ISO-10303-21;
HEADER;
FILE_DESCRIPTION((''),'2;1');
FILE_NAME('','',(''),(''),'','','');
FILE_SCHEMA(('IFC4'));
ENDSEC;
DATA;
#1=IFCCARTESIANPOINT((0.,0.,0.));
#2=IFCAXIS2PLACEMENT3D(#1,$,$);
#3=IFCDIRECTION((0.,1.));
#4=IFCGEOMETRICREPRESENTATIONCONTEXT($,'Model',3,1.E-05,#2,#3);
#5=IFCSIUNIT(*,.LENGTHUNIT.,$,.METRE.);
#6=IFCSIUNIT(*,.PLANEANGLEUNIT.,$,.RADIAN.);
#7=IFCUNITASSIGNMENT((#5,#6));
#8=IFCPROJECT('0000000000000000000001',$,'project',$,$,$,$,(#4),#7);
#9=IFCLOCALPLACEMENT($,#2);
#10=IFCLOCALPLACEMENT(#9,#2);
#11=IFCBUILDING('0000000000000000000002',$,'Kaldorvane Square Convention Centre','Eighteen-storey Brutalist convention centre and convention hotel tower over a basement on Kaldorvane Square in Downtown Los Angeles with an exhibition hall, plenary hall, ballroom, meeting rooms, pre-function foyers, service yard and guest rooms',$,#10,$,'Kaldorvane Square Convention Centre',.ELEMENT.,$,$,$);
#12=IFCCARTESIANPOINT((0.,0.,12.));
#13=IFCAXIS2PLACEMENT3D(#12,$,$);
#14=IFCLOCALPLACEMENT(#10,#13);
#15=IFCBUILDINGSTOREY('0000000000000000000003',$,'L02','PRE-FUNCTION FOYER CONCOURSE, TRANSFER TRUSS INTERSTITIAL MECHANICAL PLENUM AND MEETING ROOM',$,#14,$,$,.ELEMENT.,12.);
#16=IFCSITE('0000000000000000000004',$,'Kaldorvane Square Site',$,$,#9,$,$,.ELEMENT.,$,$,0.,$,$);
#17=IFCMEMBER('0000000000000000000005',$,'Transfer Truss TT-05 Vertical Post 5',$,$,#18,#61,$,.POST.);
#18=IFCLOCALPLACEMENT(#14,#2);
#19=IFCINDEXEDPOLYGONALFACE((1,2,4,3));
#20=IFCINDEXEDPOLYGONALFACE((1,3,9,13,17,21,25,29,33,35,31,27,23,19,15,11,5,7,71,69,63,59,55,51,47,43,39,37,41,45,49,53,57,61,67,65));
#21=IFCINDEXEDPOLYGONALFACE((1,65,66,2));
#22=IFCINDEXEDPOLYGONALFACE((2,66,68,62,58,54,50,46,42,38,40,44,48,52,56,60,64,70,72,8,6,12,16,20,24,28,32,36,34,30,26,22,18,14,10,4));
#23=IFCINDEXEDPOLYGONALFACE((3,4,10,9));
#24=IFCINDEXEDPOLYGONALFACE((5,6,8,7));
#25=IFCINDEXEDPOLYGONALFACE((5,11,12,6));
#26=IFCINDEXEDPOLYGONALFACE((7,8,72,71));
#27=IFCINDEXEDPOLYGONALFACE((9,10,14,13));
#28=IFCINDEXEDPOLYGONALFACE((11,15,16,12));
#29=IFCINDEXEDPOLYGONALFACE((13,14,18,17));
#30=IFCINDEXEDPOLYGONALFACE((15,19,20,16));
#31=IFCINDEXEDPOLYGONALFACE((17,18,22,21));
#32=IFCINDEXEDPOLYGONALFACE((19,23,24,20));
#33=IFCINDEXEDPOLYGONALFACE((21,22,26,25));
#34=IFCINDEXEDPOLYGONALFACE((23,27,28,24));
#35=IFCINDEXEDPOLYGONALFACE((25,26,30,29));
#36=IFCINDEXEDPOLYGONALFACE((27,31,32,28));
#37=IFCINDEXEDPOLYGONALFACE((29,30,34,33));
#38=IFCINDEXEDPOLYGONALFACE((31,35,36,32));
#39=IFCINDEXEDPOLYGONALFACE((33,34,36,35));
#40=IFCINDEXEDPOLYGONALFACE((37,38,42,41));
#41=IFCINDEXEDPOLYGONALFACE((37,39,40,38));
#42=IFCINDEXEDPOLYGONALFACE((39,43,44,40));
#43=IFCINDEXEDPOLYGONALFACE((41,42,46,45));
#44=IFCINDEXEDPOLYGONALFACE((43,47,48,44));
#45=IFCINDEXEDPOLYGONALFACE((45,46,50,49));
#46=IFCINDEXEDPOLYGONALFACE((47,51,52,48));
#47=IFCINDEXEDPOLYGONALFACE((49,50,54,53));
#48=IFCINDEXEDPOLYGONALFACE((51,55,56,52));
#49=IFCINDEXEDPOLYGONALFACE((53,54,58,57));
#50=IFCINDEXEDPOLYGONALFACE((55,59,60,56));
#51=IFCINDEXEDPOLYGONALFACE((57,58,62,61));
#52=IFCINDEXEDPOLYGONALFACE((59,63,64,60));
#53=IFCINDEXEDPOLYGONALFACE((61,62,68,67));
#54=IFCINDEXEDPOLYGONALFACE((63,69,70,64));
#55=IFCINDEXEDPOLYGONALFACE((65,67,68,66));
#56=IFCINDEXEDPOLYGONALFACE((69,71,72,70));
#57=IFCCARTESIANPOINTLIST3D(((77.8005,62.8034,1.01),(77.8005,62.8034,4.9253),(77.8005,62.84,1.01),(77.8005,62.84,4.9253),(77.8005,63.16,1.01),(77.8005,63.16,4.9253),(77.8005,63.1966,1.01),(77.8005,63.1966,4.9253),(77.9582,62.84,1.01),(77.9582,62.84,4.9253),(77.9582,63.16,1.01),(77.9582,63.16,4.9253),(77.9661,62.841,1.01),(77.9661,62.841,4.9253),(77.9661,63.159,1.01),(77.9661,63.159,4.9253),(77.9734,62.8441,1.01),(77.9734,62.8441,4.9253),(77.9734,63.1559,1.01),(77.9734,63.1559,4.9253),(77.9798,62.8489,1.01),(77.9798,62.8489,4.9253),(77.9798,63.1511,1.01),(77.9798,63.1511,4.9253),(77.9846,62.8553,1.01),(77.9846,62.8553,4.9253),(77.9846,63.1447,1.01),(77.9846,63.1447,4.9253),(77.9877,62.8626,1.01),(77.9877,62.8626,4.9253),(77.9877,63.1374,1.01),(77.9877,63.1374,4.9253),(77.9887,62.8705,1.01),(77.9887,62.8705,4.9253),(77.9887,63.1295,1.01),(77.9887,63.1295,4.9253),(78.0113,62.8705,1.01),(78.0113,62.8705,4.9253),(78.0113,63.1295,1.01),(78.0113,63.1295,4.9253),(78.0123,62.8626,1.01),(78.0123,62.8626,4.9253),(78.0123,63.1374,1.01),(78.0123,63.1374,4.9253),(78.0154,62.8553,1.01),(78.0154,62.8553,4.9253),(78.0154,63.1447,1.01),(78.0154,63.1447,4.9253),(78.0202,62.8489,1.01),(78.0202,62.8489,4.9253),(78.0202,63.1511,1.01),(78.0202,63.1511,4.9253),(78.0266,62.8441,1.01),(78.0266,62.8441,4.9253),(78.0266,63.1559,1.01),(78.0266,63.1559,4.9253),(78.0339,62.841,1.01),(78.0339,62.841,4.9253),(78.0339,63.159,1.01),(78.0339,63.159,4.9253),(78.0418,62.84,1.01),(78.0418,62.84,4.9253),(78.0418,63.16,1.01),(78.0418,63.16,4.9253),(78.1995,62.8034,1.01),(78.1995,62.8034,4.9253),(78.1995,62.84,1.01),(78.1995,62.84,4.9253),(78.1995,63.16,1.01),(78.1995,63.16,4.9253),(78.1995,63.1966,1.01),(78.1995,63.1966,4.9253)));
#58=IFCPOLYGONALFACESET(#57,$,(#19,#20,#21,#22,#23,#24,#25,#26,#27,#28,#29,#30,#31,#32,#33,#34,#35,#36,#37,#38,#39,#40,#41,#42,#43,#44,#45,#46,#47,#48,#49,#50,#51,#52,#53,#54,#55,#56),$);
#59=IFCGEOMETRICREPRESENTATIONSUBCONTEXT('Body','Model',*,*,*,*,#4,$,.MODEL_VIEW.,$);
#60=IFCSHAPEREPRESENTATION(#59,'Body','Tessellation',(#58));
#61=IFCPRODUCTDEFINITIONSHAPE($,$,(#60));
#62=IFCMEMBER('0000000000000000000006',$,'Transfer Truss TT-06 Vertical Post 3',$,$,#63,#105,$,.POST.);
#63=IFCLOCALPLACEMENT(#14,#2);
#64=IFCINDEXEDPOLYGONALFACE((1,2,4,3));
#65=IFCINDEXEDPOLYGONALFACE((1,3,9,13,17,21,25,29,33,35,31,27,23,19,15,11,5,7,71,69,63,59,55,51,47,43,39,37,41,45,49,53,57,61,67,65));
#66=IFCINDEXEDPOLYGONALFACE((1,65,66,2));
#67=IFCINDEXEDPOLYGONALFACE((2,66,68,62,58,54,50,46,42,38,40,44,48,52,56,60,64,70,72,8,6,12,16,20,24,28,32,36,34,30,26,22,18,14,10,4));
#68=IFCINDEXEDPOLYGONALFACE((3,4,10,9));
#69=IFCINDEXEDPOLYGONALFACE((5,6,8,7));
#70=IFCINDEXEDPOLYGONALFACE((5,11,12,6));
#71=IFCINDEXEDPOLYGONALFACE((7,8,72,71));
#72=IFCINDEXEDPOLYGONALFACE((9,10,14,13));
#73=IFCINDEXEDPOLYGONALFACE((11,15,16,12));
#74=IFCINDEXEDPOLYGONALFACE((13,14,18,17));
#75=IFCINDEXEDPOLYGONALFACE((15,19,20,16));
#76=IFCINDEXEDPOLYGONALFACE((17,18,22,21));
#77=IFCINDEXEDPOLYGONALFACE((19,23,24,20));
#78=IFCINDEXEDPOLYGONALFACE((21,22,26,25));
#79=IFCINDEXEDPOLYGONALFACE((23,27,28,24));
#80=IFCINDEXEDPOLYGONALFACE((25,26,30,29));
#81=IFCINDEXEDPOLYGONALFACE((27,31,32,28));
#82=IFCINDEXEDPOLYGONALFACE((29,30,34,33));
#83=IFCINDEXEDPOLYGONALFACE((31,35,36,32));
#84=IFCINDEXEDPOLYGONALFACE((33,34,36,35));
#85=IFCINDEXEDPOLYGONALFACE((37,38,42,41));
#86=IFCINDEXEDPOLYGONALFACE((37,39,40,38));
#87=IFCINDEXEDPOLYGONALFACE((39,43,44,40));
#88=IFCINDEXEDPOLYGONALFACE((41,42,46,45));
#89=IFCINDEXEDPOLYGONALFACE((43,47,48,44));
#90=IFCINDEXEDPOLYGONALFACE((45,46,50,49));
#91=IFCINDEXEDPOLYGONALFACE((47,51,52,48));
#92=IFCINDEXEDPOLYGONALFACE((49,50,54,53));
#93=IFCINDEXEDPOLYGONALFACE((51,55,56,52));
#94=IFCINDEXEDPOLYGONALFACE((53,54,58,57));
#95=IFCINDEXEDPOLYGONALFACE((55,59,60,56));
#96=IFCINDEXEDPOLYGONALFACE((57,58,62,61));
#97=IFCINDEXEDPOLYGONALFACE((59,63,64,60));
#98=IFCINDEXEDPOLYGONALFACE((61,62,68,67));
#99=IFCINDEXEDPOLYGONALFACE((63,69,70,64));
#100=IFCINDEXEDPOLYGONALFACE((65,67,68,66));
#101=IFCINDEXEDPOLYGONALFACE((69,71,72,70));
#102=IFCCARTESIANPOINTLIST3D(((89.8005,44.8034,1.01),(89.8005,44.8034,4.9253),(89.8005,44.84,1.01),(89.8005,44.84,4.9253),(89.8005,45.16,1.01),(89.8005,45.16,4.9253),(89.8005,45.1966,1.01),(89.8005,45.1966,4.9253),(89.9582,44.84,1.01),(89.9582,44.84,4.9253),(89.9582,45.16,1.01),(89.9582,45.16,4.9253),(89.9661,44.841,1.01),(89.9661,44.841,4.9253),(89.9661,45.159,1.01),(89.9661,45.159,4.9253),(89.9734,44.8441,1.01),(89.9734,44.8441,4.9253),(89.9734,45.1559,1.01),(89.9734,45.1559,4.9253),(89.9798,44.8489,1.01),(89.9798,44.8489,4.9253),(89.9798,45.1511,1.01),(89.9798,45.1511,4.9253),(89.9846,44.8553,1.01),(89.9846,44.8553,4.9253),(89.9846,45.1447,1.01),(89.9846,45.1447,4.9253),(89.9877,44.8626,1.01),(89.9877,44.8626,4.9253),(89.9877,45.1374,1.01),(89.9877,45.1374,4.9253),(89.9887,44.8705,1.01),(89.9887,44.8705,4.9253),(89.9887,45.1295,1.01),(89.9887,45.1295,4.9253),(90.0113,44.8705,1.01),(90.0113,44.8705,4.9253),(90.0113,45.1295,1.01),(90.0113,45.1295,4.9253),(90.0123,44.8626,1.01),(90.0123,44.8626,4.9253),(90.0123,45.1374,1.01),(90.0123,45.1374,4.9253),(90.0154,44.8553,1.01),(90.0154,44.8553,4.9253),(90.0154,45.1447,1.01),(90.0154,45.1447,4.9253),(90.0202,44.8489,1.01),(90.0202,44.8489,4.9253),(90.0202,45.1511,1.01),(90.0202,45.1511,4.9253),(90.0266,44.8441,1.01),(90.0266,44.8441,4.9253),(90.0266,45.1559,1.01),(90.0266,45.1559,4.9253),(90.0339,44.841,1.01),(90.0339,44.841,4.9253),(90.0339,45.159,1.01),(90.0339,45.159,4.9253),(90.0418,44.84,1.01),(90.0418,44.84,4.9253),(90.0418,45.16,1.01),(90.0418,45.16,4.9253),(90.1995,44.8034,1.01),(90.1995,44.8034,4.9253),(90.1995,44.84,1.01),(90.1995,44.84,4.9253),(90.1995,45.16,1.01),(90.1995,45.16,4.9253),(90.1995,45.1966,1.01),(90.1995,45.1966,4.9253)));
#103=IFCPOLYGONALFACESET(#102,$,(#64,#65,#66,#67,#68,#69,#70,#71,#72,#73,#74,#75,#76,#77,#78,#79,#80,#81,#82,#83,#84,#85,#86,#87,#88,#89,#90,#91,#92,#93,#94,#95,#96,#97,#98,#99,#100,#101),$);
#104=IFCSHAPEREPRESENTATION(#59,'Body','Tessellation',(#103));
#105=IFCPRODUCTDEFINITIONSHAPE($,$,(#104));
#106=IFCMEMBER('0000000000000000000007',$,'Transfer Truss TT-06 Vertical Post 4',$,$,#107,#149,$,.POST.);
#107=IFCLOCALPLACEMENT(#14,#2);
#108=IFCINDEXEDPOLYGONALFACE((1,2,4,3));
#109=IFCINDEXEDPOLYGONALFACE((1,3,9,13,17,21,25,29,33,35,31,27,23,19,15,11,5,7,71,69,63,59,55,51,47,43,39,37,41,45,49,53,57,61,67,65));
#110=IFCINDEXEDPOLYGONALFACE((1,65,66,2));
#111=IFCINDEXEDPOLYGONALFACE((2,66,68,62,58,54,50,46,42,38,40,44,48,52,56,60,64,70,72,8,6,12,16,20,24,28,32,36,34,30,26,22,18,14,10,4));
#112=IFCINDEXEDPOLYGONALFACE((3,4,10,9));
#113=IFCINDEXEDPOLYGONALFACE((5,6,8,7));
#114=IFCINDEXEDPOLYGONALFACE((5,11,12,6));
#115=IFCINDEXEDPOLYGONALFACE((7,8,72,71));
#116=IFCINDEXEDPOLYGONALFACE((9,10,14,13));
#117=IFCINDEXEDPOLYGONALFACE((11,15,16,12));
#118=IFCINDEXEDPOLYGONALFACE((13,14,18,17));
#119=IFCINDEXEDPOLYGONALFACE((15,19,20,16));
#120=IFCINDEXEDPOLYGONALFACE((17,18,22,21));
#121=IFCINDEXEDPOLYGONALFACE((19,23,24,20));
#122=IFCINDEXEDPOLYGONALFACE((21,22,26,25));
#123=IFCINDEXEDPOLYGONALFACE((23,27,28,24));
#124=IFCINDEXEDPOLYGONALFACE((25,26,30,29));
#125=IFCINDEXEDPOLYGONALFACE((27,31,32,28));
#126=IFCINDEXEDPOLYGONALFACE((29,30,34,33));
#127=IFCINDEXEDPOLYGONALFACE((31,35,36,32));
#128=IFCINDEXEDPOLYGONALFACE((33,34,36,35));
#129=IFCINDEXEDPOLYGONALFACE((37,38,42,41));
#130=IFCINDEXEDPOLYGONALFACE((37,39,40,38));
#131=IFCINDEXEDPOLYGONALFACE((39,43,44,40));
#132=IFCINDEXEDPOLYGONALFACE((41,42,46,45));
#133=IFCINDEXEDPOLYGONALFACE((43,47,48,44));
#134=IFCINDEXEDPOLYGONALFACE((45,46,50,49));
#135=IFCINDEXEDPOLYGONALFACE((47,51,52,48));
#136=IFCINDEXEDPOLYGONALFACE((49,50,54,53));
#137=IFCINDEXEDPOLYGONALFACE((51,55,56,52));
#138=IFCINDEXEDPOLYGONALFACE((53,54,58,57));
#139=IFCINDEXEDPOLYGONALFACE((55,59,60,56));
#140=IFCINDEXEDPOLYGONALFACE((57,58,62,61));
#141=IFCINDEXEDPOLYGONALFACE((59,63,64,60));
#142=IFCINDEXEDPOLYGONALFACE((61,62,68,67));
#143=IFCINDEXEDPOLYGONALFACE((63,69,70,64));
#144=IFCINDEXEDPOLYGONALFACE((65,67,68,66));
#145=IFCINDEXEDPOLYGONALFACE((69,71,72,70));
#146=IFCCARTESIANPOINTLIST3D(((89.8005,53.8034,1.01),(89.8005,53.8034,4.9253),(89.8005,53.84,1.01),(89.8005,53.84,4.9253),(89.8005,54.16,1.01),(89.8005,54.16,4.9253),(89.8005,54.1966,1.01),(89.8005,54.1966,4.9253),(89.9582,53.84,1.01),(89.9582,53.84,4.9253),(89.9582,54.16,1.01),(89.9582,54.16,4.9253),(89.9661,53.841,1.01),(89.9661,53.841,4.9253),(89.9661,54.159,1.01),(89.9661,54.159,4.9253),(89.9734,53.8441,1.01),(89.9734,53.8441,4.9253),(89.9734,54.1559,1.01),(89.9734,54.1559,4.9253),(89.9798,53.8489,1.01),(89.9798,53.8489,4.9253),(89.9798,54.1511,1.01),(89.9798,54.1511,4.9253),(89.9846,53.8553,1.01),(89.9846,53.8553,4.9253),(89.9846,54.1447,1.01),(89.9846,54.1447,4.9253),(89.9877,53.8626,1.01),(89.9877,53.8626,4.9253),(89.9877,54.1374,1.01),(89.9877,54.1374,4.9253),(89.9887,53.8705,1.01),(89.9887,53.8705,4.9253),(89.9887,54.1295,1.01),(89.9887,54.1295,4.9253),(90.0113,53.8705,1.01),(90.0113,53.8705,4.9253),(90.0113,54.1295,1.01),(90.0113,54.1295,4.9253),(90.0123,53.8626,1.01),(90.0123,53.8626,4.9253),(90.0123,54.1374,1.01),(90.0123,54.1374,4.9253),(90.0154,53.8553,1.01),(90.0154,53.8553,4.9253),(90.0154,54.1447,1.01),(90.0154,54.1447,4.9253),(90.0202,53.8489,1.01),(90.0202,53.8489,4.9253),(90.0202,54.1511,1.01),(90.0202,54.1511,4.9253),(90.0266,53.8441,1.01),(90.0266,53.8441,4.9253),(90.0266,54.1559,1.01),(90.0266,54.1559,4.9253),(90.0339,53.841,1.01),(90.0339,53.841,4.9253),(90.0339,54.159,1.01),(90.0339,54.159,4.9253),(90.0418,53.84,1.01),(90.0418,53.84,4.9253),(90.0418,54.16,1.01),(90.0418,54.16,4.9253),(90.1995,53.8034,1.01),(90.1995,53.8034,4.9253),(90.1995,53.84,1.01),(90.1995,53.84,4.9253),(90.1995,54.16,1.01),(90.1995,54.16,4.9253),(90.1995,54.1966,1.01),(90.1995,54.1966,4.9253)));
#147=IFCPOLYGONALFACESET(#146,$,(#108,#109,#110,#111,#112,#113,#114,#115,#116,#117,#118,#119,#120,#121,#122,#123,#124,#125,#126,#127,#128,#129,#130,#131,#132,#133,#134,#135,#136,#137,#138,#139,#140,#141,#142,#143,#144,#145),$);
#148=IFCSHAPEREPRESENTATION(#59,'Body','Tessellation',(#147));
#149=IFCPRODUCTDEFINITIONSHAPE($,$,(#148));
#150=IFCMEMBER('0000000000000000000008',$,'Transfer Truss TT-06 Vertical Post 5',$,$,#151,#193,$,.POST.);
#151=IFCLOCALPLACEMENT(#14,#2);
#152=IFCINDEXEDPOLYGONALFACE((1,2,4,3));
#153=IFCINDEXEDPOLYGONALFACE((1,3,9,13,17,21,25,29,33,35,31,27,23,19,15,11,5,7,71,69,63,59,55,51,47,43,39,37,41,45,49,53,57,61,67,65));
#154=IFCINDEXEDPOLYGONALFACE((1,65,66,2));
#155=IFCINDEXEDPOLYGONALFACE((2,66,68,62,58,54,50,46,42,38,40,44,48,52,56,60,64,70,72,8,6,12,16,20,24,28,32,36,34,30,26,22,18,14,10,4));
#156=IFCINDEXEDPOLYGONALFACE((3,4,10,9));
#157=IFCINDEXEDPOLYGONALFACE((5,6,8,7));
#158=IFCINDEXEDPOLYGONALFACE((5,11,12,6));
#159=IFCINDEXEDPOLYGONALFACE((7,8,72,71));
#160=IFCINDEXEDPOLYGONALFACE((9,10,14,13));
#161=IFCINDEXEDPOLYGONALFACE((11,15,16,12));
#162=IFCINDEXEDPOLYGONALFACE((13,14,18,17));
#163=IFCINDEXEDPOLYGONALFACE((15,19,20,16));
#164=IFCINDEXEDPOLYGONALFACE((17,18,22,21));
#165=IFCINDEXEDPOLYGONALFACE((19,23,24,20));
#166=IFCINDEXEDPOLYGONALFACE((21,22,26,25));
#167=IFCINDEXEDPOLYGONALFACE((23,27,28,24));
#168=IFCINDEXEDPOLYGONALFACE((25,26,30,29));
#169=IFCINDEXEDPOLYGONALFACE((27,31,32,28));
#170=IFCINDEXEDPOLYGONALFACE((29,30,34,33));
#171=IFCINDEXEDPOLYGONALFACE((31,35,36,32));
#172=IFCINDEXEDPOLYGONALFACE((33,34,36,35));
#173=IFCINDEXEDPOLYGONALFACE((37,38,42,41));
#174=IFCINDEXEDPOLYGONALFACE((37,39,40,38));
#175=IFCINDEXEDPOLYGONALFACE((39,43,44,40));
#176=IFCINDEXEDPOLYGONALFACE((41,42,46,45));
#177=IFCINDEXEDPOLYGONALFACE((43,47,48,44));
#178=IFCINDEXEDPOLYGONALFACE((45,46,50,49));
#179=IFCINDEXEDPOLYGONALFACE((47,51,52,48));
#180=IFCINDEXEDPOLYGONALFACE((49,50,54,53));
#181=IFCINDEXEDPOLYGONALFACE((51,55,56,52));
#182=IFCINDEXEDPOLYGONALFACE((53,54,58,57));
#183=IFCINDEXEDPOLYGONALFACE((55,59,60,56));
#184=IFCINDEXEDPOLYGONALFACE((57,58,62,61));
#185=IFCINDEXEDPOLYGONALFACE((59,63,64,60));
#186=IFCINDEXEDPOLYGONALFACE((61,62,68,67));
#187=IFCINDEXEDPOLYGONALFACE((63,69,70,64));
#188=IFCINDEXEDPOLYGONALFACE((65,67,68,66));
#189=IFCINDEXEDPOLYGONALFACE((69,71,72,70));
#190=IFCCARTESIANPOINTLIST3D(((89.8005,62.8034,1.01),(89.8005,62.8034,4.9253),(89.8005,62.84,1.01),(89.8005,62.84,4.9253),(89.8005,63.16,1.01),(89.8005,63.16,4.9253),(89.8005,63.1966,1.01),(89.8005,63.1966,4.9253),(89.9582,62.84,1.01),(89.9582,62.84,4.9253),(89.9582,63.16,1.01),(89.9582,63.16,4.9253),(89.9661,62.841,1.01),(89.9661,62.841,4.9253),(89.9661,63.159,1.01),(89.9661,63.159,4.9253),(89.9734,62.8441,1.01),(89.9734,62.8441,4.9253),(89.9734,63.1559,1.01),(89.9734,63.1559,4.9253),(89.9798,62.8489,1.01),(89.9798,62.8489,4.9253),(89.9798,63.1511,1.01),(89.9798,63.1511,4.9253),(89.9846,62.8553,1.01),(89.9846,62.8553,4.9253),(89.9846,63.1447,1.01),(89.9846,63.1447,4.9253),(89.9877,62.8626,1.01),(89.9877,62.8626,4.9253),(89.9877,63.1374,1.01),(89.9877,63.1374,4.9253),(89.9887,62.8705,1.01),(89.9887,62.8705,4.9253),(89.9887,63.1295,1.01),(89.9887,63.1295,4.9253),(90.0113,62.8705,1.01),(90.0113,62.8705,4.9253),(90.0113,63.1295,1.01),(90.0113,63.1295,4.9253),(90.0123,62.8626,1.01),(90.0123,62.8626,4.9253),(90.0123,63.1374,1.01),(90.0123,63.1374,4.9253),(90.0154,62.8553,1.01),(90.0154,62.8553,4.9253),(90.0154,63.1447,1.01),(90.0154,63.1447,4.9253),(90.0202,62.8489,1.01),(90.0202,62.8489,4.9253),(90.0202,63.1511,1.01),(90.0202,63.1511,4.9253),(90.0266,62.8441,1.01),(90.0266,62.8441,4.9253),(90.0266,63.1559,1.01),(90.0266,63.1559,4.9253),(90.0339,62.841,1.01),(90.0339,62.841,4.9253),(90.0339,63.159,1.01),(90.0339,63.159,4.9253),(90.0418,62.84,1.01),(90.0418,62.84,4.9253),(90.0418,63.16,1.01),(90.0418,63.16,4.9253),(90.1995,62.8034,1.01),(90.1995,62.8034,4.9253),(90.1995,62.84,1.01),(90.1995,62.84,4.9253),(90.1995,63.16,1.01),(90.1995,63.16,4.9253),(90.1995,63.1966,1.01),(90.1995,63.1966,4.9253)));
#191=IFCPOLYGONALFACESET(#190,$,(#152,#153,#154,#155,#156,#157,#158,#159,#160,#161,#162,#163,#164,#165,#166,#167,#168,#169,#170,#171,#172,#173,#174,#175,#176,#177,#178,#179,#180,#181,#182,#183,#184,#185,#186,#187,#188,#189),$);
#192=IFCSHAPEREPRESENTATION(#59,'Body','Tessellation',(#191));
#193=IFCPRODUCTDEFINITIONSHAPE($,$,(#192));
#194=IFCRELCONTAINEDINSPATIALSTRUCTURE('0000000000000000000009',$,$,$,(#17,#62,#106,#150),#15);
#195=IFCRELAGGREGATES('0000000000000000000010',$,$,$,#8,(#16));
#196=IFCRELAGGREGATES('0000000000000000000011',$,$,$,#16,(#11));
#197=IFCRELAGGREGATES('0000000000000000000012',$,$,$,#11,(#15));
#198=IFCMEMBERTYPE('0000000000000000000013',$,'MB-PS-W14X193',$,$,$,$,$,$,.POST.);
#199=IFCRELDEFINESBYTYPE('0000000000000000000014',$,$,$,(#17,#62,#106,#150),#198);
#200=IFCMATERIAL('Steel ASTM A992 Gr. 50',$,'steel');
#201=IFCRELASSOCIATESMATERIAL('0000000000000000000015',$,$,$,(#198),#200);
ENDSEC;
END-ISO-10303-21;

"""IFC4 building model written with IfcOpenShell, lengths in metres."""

from ifc_helpers import new_model, si_unit, direction, frame, origin, origin_2d, place, context, subcontext, project, spatial, i_section, extrude, material, material_profile, profile_set, type_object, element, save


model = new_model("IFC4")

# Units and contexts
model_context = context("Model", 3, precision=1e-05, world=origin(), true_north=direction((0.0, 1.0)))
body_context = subcontext(model_context, "Body", "Model", "MODEL_VIEW")
ifc_project = project(units=[si_unit("LENGTHUNIT", "METRE"), si_unit("PLANEANGLEUNIT", "RADIAN")], contexts=[model_context])

# Site, building, storey
site_placement = place(None, origin())
site = spatial("IfcSite", under=ifc_project, at=site_placement, Name="Kaldorvane Square Site", CompositionType="ELEMENT", RefElevation=0.0)
building_placement = place(site_placement, origin())
building = spatial("IfcBuilding", under=site, at=building_placement, Name="Kaldorvane Square Convention Centre", Description="Eighteen-storey Brutalist convention centre and convention hotel tower over a basement on Kaldorvane Square in Downtown Los Angeles with an exhibition hall, plenary hall, ballroom, meeting rooms, pre-function foyers, service yard and guest rooms", LongName="Kaldorvane Square Convention Centre", CompositionType="ELEMENT")
storey_placement = place(building_placement, frame((0.0, 0.0, 12.0)))
storey = spatial("IfcBuildingStorey", under=building, at=storey_placement, Name="L02", Description="PRE-FUNCTION FOYER CONCOURSE, TRANSFER TRUSS INTERSTITIAL MECHANICAL PLENUM AND MEETING ROOM", CompositionType="ELEMENT", Elevation=12.0)

# Shared definitions
ifc_material = material(Name="Steel ASTM A992 Gr. 50", Category="steel")

# Members
ifc_material_profile_1 = material_profile(ifc_material, i_section(OverallWidth=0.399, OverallDepth=0.3932, WebThickness=0.0226, FlangeThickness=0.0366, FilletRadius=0.0305, at=origin_2d()), Name="W14X193")
ifc_profile_set_1 = profile_set([ifc_material_profile_1], Name="Steel ASTM A992 Gr. 50")
member_type_1 = type_object("IfcMemberType", Name="MB-PS-W14X193", PredefinedType="POST", material=ifc_profile_set_1)
for number, where, z_axis, x_axis, name in (
    (1, (78.0, 63.0, 1.01), (0.0, 0.0, 1.0), (1.0, 0.0, 0.0), "Transfer Truss TT-05 Vertical Post 5"),
    (2, (90.0, 45.0, 1.01), (0.0, 0.0, 1.0), (1.0, 0.0, 0.0), "Transfer Truss TT-06 Vertical Post 3"),
    (3, (90.0, 54.0, 1.01), (0.0, 0.0, 1.0), (1.0, 0.0, 0.0), "Transfer Truss TT-06 Vertical Post 4"),
    (4, (90.0, 63.0, 1.01), (0.0, 0.0, 1.0), (1.0, 0.0, 0.0), "Transfer Truss TT-06 Vertical Post 5"),
):
    element("IfcMember", number, at=place(storey_placement, frame(where, z_axis=z_axis, x_axis=x_axis)), inside=storey, type_object=member_type_1, Name=name, PredefinedType="POST", context=body_context, shape_type="SweptSolid", body=[
        extrude(i_section(OverallWidth=0.399, OverallDepth=0.3932, WebThickness=0.0226, FlangeThickness=0.0366, FilletRadius=0.0305, at=origin_2d()), origin(), (0.0, 0.0, 1.0), 3.9153),
    ])

save(model, "model.ifc")
